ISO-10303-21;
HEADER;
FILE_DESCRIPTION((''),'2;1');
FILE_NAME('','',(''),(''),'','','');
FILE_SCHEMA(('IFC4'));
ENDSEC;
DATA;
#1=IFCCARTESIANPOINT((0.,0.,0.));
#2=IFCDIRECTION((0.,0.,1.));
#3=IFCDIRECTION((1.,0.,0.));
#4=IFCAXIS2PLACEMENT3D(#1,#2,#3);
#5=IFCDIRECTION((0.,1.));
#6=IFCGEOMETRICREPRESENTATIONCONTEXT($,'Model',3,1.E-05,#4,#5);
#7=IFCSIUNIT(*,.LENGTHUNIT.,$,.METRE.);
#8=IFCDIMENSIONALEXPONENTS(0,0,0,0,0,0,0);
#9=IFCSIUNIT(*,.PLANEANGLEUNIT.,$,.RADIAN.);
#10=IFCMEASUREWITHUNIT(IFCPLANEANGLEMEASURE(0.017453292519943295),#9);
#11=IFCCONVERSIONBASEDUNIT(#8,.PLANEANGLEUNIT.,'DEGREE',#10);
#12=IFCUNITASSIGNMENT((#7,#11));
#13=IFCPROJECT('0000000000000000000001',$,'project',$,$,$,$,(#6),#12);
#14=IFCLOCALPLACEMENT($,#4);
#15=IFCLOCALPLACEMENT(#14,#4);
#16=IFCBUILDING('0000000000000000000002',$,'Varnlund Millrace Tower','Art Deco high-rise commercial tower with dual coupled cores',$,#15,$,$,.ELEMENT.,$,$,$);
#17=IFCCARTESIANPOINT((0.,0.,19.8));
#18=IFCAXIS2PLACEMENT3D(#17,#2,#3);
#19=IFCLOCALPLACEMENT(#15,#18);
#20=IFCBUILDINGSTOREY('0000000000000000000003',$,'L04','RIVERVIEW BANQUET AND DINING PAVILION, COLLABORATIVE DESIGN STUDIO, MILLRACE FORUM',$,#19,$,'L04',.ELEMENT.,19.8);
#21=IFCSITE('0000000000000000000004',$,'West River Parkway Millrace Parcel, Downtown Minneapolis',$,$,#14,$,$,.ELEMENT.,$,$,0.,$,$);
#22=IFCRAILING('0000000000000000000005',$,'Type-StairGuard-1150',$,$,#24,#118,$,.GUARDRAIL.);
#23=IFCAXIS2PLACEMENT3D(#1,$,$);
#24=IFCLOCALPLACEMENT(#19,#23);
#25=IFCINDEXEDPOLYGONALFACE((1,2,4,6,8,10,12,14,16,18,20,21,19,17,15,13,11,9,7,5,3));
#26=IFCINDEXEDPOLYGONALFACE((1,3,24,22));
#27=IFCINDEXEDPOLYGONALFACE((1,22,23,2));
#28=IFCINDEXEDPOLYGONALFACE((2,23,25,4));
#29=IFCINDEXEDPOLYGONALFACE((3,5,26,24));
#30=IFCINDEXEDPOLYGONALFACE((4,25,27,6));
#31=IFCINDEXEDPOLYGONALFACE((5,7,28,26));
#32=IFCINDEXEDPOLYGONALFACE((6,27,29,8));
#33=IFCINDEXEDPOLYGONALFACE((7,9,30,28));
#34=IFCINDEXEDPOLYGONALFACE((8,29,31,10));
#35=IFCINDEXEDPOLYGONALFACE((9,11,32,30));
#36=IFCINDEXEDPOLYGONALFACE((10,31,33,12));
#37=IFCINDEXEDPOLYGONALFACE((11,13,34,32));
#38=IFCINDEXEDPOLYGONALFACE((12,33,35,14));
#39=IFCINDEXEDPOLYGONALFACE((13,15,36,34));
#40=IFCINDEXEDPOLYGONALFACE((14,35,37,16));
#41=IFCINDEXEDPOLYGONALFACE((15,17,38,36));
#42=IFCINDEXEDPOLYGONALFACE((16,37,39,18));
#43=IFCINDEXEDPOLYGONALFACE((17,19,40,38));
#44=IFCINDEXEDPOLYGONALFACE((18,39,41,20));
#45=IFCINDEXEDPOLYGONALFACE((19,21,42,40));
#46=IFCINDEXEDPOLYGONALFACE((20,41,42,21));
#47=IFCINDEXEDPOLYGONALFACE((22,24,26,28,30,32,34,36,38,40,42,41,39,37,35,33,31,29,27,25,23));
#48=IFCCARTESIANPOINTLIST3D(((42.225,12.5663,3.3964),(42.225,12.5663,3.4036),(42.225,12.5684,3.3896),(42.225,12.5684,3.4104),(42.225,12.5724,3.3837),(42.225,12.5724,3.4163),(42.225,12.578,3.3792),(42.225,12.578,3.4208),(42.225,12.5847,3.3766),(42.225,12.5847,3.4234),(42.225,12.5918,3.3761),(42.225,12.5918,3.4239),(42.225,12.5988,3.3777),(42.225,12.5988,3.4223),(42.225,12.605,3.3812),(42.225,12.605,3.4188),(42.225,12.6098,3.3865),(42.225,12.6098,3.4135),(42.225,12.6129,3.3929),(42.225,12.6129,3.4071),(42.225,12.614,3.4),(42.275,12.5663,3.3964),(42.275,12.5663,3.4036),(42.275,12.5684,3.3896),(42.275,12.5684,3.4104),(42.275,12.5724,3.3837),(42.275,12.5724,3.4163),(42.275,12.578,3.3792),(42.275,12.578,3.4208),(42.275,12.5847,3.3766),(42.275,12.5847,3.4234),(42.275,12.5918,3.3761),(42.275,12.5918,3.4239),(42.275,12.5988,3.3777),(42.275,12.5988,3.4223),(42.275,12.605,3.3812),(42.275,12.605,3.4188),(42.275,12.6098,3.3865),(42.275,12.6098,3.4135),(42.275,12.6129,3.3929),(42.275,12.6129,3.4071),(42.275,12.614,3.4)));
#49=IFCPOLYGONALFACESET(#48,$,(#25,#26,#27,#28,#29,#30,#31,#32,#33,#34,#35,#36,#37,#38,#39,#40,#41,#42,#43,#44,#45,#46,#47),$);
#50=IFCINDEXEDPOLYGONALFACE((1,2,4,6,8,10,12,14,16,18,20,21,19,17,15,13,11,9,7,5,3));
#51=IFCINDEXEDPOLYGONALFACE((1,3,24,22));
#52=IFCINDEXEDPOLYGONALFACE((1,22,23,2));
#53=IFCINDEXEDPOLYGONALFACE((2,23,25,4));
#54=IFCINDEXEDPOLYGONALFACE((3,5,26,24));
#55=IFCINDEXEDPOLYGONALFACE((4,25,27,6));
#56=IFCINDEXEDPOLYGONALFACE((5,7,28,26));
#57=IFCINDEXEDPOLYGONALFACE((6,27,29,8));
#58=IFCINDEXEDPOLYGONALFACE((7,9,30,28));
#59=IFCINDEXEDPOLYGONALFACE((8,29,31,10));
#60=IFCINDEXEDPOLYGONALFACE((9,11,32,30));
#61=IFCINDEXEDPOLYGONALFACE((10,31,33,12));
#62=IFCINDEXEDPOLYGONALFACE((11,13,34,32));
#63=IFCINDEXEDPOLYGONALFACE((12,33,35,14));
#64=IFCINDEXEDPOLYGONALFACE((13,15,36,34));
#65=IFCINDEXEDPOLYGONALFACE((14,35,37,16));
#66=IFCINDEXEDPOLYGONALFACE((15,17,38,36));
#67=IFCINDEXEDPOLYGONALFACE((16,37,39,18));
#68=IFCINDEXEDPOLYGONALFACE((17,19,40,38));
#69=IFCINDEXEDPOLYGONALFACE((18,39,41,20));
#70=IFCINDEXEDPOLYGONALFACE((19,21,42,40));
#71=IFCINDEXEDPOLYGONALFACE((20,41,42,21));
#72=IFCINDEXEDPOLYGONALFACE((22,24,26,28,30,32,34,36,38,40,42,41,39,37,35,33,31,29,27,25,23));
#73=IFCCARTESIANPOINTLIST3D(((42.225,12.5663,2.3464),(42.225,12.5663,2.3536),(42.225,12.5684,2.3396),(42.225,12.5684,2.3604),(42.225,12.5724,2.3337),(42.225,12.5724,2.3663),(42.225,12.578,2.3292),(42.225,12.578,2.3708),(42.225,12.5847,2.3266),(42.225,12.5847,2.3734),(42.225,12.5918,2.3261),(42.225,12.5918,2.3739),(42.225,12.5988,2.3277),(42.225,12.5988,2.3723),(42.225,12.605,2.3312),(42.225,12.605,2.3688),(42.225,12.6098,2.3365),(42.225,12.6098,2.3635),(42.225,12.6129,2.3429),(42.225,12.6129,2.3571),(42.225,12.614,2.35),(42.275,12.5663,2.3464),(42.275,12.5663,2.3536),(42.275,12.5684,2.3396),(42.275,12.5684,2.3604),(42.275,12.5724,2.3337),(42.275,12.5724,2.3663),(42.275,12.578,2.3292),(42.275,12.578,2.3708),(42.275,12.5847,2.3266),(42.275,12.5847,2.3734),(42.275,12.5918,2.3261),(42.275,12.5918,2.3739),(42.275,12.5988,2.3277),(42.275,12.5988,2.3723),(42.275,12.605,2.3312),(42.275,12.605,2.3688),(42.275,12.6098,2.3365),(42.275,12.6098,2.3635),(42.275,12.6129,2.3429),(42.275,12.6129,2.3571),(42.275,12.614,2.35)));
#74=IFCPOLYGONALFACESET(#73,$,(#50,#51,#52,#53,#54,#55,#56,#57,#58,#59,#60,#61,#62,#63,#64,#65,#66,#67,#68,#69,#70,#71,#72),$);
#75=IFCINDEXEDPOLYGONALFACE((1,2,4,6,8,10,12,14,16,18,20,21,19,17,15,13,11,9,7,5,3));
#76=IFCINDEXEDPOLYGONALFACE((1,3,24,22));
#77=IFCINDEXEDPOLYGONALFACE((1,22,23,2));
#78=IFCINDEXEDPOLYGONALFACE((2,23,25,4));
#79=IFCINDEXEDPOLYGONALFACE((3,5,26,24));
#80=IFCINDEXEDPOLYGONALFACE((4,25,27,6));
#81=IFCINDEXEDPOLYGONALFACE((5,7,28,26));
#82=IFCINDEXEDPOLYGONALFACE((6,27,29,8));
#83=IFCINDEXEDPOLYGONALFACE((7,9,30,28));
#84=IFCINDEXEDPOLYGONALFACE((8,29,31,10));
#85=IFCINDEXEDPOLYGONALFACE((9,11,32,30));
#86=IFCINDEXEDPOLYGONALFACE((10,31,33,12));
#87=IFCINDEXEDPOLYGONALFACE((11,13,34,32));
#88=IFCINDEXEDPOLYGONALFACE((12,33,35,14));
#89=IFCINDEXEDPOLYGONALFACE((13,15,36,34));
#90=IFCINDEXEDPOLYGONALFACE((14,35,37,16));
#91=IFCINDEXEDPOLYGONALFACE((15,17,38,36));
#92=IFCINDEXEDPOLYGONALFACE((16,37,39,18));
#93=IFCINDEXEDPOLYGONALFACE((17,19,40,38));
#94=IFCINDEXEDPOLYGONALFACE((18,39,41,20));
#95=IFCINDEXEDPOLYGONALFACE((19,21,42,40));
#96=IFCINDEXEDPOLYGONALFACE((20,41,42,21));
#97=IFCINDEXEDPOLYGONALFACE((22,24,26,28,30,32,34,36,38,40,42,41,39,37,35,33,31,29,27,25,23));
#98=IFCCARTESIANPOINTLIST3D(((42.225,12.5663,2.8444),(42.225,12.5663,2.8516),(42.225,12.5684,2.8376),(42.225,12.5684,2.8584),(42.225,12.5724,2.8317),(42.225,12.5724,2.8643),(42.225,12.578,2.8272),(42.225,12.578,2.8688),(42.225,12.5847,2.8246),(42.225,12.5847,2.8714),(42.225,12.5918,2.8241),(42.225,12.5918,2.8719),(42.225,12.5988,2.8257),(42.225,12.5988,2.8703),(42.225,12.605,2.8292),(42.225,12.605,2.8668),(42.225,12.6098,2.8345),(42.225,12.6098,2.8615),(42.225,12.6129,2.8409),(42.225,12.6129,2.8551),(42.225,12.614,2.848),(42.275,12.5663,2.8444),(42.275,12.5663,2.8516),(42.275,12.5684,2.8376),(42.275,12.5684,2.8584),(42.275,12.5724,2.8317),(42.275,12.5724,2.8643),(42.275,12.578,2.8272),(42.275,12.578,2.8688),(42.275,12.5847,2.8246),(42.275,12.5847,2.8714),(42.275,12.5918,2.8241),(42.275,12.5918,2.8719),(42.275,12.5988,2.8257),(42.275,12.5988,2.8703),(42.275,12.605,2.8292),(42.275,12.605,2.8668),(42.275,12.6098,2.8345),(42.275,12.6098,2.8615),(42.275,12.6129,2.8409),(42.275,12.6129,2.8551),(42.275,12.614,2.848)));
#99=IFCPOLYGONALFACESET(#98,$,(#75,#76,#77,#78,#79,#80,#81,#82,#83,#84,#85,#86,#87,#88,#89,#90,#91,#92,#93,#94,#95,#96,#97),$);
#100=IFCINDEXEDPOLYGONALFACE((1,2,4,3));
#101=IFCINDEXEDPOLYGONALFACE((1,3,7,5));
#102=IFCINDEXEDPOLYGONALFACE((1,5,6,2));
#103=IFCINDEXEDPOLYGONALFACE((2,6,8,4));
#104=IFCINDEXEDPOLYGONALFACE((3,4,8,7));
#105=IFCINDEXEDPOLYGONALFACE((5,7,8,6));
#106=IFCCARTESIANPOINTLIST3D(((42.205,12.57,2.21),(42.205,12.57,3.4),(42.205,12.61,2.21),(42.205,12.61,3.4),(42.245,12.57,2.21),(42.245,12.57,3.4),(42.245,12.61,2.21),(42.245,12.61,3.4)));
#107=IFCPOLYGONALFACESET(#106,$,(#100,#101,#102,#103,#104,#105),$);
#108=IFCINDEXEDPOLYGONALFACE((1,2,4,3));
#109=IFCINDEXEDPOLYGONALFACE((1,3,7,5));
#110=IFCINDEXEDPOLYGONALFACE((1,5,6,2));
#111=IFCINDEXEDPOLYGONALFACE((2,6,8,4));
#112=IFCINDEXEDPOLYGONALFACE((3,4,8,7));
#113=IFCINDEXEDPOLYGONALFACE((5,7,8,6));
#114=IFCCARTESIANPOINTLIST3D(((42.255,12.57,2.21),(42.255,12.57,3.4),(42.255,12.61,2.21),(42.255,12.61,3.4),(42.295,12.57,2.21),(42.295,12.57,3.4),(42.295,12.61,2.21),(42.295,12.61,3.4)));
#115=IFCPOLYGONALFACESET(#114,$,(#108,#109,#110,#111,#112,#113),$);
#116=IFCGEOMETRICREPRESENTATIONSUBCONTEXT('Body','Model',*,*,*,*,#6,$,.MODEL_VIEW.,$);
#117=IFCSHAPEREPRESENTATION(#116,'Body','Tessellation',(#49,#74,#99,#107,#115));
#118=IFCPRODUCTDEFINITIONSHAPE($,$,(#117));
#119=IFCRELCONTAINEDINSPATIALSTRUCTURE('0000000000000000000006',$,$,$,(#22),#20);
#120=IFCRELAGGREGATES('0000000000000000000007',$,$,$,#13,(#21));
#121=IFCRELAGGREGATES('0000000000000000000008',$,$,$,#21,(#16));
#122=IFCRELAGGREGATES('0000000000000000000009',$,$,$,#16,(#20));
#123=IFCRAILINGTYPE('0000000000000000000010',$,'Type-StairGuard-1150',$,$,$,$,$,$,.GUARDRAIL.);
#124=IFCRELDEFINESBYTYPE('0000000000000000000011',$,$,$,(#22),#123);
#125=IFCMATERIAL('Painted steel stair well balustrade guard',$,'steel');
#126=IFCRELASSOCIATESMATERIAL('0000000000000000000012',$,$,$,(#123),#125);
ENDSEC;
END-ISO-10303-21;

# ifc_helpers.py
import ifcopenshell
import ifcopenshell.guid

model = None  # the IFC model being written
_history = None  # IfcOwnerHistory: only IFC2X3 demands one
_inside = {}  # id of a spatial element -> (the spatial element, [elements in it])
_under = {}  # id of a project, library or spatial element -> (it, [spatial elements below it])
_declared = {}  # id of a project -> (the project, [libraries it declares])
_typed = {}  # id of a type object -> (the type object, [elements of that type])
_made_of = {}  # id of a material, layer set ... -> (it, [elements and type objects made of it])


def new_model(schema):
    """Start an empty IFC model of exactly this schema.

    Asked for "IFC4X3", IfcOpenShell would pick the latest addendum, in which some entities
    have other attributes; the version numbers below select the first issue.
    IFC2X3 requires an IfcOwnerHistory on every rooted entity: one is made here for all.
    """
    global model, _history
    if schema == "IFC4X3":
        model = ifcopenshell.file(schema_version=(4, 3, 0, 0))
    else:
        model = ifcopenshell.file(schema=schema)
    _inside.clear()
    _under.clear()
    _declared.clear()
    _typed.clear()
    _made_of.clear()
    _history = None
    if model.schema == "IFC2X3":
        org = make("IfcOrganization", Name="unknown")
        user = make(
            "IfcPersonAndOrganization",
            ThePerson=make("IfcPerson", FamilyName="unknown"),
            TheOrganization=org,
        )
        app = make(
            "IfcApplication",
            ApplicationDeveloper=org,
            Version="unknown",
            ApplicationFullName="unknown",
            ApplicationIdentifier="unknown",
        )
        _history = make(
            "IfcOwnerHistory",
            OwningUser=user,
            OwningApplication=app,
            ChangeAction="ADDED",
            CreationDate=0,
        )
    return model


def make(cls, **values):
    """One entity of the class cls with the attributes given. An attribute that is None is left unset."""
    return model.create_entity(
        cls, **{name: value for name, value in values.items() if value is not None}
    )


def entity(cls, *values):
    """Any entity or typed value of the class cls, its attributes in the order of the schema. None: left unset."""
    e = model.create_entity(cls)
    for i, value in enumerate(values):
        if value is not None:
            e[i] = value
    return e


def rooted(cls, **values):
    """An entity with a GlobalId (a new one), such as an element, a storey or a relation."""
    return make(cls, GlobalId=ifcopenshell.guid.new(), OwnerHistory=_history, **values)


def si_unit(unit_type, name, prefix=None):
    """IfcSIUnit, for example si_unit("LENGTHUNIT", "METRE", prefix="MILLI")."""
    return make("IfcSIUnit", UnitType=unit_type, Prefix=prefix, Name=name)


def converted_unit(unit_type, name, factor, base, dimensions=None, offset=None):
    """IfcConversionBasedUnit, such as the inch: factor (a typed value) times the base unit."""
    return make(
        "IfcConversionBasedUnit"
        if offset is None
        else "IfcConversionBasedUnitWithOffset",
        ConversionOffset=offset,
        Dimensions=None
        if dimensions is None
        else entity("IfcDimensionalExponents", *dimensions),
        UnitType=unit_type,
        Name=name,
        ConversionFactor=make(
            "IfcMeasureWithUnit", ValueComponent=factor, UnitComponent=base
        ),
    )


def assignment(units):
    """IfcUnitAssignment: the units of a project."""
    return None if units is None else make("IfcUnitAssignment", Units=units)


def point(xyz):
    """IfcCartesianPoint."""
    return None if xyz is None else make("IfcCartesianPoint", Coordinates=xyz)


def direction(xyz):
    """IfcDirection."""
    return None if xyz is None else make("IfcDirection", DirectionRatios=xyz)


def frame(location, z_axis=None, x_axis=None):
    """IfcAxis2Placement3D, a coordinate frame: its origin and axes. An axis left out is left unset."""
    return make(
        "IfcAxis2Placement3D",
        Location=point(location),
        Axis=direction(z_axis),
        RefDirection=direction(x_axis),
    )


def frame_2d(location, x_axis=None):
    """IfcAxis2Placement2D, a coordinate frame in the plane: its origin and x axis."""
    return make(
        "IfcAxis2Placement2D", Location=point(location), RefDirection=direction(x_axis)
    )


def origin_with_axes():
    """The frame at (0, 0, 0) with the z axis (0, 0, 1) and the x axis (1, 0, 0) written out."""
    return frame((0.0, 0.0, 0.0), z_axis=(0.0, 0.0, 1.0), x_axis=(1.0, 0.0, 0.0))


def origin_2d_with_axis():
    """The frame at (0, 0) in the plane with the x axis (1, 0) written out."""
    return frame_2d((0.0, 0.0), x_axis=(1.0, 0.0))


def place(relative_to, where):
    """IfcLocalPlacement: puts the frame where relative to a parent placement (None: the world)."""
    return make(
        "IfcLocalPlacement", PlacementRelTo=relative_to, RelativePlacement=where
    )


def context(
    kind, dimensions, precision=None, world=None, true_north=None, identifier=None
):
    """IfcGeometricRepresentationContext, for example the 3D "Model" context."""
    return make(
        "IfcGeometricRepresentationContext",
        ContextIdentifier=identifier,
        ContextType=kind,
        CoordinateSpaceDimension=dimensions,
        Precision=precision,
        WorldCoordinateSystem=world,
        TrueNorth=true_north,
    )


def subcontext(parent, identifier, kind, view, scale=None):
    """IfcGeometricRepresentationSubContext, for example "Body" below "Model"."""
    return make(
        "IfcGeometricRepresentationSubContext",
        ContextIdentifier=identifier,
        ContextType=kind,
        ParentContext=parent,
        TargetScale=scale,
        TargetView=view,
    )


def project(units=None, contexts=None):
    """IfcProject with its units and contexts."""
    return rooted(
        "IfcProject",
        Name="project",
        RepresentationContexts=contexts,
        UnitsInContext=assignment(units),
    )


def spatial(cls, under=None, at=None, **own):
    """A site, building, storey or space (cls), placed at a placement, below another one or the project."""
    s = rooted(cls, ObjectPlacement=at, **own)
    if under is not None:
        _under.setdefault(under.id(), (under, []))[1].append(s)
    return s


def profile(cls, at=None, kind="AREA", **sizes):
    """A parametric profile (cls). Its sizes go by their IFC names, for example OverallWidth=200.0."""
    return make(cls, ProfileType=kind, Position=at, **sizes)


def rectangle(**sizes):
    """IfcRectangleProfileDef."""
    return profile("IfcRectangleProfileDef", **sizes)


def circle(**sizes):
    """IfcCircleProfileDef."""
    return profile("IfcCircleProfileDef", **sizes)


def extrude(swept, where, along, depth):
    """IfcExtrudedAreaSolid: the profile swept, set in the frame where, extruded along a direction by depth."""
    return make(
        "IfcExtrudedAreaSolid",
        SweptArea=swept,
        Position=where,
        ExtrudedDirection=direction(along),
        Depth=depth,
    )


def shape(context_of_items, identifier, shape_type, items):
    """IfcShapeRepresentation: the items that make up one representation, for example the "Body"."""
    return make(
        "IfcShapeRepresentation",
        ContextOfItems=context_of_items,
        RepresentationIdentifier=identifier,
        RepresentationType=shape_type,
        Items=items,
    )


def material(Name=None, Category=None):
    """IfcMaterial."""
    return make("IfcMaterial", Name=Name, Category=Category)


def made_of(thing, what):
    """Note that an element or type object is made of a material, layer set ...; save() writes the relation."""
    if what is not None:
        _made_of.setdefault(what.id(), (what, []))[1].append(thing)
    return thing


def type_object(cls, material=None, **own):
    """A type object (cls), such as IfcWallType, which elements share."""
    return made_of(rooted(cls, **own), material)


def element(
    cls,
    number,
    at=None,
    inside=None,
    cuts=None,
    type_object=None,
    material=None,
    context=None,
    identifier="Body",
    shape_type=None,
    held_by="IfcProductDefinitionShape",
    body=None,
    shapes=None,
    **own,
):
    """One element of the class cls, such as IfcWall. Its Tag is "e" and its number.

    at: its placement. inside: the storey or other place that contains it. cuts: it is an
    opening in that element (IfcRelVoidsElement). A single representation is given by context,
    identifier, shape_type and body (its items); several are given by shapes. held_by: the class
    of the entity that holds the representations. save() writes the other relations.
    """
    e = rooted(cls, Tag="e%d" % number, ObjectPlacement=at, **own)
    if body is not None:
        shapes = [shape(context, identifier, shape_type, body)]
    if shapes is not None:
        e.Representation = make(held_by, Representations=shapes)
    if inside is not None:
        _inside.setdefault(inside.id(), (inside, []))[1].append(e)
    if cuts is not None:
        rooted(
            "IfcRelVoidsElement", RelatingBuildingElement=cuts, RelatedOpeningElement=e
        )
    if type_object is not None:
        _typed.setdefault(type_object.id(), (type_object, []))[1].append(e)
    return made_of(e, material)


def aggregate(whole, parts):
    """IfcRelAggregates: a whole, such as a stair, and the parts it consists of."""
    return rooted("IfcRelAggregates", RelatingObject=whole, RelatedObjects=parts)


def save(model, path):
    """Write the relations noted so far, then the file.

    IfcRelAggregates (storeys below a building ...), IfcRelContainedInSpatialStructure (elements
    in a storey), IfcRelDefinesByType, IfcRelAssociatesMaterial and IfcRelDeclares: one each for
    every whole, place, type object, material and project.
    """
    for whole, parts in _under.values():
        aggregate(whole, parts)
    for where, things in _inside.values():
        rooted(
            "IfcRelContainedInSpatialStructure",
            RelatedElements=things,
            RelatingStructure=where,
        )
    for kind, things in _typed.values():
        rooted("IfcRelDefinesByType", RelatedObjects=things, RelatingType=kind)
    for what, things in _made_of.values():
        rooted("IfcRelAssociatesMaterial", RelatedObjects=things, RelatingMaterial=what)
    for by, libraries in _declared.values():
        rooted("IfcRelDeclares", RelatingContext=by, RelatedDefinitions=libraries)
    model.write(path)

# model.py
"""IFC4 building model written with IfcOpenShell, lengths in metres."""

from ifc_helpers import new_model, entity, si_unit, converted_unit, direction, frame, origin_with_axes, origin_2d_with_axis, place, context, subcontext, project, spatial, rectangle, circle, extrude, material, type_object, element, save


model = new_model("IFC4")

# Units and contexts
model_context = context("Model", 3, precision=1e-05, world=origin_with_axes(), true_north=direction((0.0, 1.0)))
body_context = subcontext(model_context, "Body", "Model", "MODEL_VIEW")
ifc_project = project(units=[si_unit("LENGTHUNIT", "METRE"), converted_unit("PLANEANGLEUNIT", "DEGREE", entity("IfcPlaneAngleMeasure", 0.017453292519943295), si_unit("PLANEANGLEUNIT", "RADIAN"), dimensions=[0, 0, 0, 0, 0, 0, 0])], contexts=[model_context])

# Site, building, storey
site_placement = place(None, origin_with_axes())
site = spatial("IfcSite", under=ifc_project, at=site_placement, Name="West River Parkway Millrace Parcel, Downtown Minneapolis", CompositionType="ELEMENT", RefElevation=0.0)
building_placement = place(site_placement, origin_with_axes())
building = spatial("IfcBuilding", under=site, at=building_placement, Name="Varnlund Millrace Tower", Description="Art Deco high-rise commercial tower with dual coupled cores", CompositionType="ELEMENT")
storey_placement = place(building_placement, frame((0.0, 0.0, 19.8), z_axis=(0.0, 0.0, 1.0), x_axis=(1.0, 0.0, 0.0)))
storey = spatial("IfcBuildingStorey", under=building, at=storey_placement, Name="L04", Description="RIVERVIEW BANQUET AND DINING PAVILION, COLLABORATIVE DESIGN STUDIO, MILLRACE FORUM", LongName="L04", CompositionType="ELEMENT", Elevation=19.8)

# Railing
ifc_material_1 = material(Name="Painted steel stair well balustrade guard", Category="steel")
railing_type_1 = type_object("IfcRailingType", Name="Type-StairGuard-1150", PredefinedType="GUARDRAIL", material=ifc_material_1)
railing_1_placement = place(storey_placement, frame((0.0, 0.0, -19.8), z_axis=(0.0, 0.0, 1.0), x_axis=(1.0, 0.0, 0.0)))
element("IfcRailing", 1, at=railing_1_placement, inside=storey, type_object=railing_type_1, Name="Type-StairGuard-1150", PredefinedType="GUARDRAIL", context=body_context, shape_type="SweptSolid", body=[
    extrude(circle(Radius=0.024, at=origin_2d_with_axis()), frame((42.225, 12.59, 23.2), z_axis=(1.0, 0.0, 0.0), x_axis=(0.0, 1.0, 0.0)), (0.0, 0.0, 1.0), 0.05),
    extrude(circle(Radius=0.024, at=origin_2d_with_axis()), frame((42.225, 12.59, 22.15), z_axis=(1.0, 0.0, 0.0), x_axis=(0.0, 1.0, 0.0)), (0.0, 0.0, 1.0), 0.05),
    extrude(circle(Radius=0.024, at=origin_2d_with_axis()), frame((42.225, 12.59, 22.648), z_axis=(1.0, 0.0, 0.0), x_axis=(0.0, 1.0, 0.0)), (0.0, 0.0, 1.0), 0.05),
    extrude(rectangle(XDim=0.04, YDim=0.04, at=origin_2d_with_axis()), frame((42.225, 12.59, 22.01), z_axis=(0.0, 0.0, 1.0), x_axis=(1.0, 0.0, 0.0)), (0.0, 0.0, 1.0), 1.19),
    extrude(rectangle(XDim=0.04, YDim=0.04, at=origin_2d_with_axis()), frame((42.275, 12.59, 22.01), z_axis=(0.0, 0.0, 1.0), x_axis=(1.0, 0.0, 0.0)), (0.0, 0.0, 1.0), 1.19),
])

save(model, "model.ifc")
